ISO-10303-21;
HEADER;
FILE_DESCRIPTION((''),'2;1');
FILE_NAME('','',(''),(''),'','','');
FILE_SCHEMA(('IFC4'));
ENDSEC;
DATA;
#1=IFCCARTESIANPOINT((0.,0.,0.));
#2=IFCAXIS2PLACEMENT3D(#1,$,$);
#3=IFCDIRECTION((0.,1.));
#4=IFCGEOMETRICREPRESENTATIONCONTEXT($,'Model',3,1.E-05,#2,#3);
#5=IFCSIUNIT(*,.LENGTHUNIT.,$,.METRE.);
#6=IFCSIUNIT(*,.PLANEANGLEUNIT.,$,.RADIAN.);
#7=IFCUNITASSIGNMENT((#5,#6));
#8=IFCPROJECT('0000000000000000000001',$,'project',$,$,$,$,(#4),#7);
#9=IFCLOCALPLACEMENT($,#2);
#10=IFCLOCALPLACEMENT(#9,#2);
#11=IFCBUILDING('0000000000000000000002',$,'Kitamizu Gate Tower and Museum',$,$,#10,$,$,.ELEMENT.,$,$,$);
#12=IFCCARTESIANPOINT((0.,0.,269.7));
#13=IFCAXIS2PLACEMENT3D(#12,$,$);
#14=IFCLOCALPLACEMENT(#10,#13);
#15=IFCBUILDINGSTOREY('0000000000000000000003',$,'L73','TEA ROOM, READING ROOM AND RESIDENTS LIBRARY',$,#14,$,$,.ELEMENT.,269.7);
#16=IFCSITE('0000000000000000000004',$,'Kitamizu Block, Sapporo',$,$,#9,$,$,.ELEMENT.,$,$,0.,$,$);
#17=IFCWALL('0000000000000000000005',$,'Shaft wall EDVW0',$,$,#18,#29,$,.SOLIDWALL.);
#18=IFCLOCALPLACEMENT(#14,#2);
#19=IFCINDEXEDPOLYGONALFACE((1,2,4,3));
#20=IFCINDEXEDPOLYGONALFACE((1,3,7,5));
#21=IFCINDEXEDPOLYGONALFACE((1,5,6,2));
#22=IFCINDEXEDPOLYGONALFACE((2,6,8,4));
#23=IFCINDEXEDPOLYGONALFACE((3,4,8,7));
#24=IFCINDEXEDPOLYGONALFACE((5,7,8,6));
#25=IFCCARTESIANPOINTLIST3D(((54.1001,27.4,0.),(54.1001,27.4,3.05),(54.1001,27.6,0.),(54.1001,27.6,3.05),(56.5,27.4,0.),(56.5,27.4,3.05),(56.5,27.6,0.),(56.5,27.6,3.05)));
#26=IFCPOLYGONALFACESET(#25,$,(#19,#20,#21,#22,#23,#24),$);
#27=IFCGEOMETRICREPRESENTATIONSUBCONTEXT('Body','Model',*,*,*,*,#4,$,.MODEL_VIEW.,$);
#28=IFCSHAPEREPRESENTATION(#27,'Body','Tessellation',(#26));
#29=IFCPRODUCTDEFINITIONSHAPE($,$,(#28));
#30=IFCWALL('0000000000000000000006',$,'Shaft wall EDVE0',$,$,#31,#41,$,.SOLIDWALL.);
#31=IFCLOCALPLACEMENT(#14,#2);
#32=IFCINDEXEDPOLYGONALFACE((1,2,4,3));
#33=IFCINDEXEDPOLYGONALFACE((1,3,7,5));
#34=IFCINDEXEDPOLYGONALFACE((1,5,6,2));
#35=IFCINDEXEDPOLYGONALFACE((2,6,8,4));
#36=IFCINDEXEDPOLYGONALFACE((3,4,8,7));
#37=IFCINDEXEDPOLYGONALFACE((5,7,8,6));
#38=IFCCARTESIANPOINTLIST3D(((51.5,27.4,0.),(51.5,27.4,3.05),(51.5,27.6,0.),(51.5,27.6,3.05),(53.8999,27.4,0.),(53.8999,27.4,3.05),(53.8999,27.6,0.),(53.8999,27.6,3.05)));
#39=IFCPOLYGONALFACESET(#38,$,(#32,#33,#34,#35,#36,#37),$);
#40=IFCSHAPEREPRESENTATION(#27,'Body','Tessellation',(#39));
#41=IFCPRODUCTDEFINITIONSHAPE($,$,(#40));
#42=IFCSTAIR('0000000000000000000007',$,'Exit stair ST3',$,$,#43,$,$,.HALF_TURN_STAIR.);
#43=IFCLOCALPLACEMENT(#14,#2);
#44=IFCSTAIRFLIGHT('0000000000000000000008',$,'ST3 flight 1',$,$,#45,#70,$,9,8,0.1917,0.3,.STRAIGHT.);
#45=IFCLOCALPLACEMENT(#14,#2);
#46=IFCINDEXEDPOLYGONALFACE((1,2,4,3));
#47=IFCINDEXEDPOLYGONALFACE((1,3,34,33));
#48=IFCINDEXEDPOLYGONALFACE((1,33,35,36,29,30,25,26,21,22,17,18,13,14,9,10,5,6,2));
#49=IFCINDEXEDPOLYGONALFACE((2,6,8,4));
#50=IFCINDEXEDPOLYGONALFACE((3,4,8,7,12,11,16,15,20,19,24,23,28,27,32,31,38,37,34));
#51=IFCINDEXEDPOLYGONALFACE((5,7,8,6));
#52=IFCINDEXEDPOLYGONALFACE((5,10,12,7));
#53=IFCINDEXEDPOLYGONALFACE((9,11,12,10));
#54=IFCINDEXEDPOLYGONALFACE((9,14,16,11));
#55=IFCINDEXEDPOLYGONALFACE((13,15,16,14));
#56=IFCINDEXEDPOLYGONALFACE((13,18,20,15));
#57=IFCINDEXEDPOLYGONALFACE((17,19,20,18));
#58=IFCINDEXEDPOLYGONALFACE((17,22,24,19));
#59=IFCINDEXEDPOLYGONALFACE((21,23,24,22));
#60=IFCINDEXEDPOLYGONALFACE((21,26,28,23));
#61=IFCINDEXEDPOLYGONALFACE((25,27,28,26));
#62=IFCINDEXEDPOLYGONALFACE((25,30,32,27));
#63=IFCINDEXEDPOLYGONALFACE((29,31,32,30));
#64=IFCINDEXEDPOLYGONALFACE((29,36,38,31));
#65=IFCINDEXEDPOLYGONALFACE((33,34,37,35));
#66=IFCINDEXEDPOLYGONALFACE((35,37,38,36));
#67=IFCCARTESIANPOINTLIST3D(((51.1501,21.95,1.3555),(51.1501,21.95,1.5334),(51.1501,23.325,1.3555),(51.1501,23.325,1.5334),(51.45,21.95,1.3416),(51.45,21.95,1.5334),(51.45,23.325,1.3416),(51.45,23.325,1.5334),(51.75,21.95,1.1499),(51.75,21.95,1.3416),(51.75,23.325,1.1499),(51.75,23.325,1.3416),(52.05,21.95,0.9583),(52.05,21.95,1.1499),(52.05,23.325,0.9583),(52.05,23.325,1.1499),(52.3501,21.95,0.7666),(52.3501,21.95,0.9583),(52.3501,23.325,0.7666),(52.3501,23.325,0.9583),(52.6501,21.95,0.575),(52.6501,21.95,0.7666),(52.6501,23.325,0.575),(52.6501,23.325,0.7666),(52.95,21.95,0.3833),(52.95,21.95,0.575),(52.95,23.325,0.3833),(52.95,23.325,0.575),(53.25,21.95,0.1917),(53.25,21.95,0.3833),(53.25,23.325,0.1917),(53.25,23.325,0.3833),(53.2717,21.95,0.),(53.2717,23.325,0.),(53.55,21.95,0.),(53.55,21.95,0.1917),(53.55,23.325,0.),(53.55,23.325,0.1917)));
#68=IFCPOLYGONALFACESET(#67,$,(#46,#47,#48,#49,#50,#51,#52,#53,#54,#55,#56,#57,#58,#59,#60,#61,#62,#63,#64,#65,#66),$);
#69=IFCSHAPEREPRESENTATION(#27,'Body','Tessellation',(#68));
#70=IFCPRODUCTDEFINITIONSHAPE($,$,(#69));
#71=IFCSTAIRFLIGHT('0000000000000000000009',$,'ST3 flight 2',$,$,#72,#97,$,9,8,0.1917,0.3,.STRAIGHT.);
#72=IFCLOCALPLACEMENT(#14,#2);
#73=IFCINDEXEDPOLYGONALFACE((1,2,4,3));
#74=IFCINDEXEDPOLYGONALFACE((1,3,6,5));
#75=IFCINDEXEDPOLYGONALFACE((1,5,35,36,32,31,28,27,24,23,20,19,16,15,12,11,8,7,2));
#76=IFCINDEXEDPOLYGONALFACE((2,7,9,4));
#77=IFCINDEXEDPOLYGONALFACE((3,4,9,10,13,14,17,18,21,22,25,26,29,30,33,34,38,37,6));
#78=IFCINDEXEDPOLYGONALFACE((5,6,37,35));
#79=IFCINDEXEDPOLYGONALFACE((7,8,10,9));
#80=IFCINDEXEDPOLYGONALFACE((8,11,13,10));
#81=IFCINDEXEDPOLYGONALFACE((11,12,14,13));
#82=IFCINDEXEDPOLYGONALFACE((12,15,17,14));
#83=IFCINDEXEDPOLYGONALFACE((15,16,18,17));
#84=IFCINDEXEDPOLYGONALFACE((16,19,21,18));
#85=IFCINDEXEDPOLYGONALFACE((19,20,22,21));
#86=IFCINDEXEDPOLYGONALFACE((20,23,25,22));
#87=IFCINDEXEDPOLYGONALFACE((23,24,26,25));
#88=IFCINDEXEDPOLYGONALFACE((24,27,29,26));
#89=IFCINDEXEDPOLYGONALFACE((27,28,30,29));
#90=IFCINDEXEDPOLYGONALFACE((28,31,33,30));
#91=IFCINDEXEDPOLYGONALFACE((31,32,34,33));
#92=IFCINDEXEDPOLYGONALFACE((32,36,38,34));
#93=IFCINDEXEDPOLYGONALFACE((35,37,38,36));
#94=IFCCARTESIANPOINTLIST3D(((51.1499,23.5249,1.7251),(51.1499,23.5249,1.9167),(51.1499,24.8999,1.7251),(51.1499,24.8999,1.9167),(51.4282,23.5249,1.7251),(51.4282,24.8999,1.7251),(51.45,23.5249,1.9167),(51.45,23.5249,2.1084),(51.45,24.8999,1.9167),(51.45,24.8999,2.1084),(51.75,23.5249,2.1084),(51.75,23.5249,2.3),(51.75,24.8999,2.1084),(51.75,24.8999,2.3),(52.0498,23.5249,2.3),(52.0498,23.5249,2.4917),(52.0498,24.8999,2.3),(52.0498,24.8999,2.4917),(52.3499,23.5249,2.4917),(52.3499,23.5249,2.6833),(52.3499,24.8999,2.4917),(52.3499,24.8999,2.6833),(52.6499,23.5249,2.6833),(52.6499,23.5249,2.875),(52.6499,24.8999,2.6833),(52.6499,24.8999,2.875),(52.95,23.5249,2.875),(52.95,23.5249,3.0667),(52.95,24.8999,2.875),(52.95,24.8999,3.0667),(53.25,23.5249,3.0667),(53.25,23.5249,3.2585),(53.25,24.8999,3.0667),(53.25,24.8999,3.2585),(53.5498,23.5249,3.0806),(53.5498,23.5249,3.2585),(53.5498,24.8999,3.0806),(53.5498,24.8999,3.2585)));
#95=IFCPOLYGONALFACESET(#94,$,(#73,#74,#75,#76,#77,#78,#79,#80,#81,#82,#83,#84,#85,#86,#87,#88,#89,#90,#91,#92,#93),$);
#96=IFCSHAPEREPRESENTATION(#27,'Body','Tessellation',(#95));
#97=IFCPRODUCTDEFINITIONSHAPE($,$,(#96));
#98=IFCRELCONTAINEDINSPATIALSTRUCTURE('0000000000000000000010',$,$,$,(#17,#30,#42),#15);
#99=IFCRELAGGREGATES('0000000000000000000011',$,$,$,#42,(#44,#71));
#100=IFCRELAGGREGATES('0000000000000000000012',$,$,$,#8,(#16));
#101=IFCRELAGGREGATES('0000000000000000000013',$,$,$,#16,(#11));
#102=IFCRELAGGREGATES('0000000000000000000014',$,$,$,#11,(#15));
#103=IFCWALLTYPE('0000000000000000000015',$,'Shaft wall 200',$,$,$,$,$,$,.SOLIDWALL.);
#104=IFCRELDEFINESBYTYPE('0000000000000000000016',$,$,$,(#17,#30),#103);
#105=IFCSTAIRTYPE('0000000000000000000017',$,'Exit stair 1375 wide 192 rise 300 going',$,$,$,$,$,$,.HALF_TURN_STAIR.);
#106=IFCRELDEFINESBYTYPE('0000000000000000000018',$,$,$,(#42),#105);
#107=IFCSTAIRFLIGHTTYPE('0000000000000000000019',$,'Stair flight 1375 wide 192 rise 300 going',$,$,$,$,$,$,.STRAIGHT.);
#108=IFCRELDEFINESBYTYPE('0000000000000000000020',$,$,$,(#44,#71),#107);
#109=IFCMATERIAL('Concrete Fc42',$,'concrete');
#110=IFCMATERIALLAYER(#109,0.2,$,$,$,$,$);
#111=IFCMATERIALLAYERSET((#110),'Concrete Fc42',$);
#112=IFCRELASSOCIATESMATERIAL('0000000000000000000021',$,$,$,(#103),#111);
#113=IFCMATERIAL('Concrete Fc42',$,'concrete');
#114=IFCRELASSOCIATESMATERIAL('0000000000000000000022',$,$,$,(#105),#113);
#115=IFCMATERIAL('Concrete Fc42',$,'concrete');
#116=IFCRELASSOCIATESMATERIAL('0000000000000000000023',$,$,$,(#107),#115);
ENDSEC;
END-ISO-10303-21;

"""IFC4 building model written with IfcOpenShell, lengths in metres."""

from ifc_helpers import new_model, si_unit, direction, frame, frame_2d, origin, place, context, subcontext, project, spatial, polyline, rectangle, outline, extrude, material, layer, layer_set, type_object, element, aggregate, save


model = new_model("IFC4")

# Units and contexts
model_context = context("Model", 3, precision=1e-05, world=origin(), true_north=direction((0.0, 1.0)))
body_context = subcontext(model_context, "Body", "Model", "MODEL_VIEW")
ifc_project = project(units=[si_unit("LENGTHUNIT", "METRE"), si_unit("PLANEANGLEUNIT", "RADIAN")], contexts=[model_context])

# Site, building, storey
site_placement = place(None, origin())
site = spatial("IfcSite", under=ifc_project, at=site_placement, Name="Kitamizu Block, Sapporo", CompositionType="ELEMENT", RefElevation=0.0)
building_placement = place(site_placement, origin())
building = spatial("IfcBuilding", under=site, at=building_placement, Name="Kitamizu Gate Tower and Museum", CompositionType="ELEMENT")
storey_placement = place(building_placement, frame((0.0, 0.0, 269.7)))
storey = spatial("IfcBuildingStorey", under=building, at=storey_placement, Name="L73", Description="TEA ROOM, READING ROOM AND RESIDENTS LIBRARY", CompositionType="ELEMENT", Elevation=269.7)

# Shared definitions
ifc_material_1 = material(Name="Concrete Fc42", Category="concrete")
ifc_layer = layer(ifc_material_1, 0.2)
ifc_layer_set = layer_set([ifc_layer], Name="Concrete Fc42")
wall_type = type_object("IfcWallType", Name="Shaft wall 200", PredefinedType="SOLIDWALL", material=ifc_layer_set)

# Walls
for number, where, z_axis, x_axis, name in (
    (1, (56.5, 27.5, 0.0), (0.0, 0.0, 1.0), (-1.0, 0.0, 0.0), "Shaft wall EDVW0"),
    (2, (53.8999, 27.5, 0.0), (0.0, 0.0, 1.0), (-1.0, 0.0, 0.0), "Shaft wall EDVE0"),
):
    element("IfcWall", number, at=place(storey_placement, frame(where, z_axis=z_axis, x_axis=x_axis)), inside=storey, type_object=wall_type, Name=name, PredefinedType="SOLIDWALL", context=body_context, shape_type="SweptSolid", body=[
        extrude(rectangle(XDim=2.3999, YDim=0.2, at=frame_2d((1.2, 0.0))), origin(), (0.0, 0.0, 1.0), 3.05),
    ])

# Stair, stair flights
ifc_material_2 = material(Name="Concrete Fc42", Category="concrete")
stair_type = type_object("IfcStairType", Name="Exit stair 1375 wide 192 rise 300 going", PredefinedType="HALF_TURN_STAIR", material=ifc_material_2)
stair_placement = place(storey_placement, origin())
stair = element("IfcStair", 3, at=stair_placement, inside=storey, type_object=stair_type, Name="Exit stair ST3", PredefinedType="HALF_TURN_STAIR")
ifc_material_3 = material(Name="Concrete Fc42", Category="concrete")
stair_flight_type = type_object("IfcStairFlightType", Name="Stair flight 1375 wide 192 rise 300 going", PredefinedType="STRAIGHT", material=ifc_material_3)
stair_flight_1_placement = place(storey_placement, frame((53.55, 22.6375, 0.0), z_axis=(0.0, 0.0, 1.0), x_axis=(-1.0, 0.0, 0.0)))
stair_flight_1 = element("IfcStairFlight", 4, at=stair_flight_1_placement, type_object=stair_flight_type, Name="ST3 flight 1", NumberOfRisers=9, NumberOfTreads=8, PredefinedType="STRAIGHT", RiserHeight=0.1917, TreadLength=0.3, context=body_context, shape_type="SweptSolid", body=[
    extrude(outline(polyline([(0.0, 0.0), (0.0, 0.1917), (0.3, 0.1917), (0.3, 0.3833), (0.6001, 0.3833), (0.6001, 0.575), (0.8999, 0.575), (0.8999, 0.7666), (1.2, 0.7666), (1.2, 0.9583), (1.5, 0.9583), (1.5, 1.1499), (1.8, 1.1499), (1.8, 1.3416), (2.1001, 1.3416), (2.1001, 1.5334), (2.3999, 1.5334), (2.3999, 1.7251), (2.3999, 1.3555), (0.2783, 0.0), (0.0, 0.0)])), frame((0.0, 0.6875, 0.0), z_axis=(0.0, -1.0, 0.0), x_axis=(1.0, 0.0, 0.0)), (0.0, 0.0, 1.0), 1.375),
])
stair_flight_2_placement = place(storey_placement, frame((51.1499, 24.2124, 1.7251), z_axis=(0.0, 0.0, 1.0), x_axis=(1.0, 0.0, 0.0)))
stair_flight_2 = element("IfcStairFlight", 5, at=stair_flight_2_placement, type_object=stair_flight_type, Name="ST3 flight 2", NumberOfRisers=9, NumberOfTreads=8, PredefinedType="STRAIGHT", RiserHeight=0.1917, TreadLength=0.3, context=body_context, shape_type="SweptSolid", body=[
    extrude(outline(polyline([(0.0, 0.0), (0.0, 0.1917), (0.3, 0.1917), (0.3, 0.3833), (0.6001, 0.3833), (0.6001, 0.575), (0.8999, 0.575), (0.8999, 0.7666), (1.2, 0.7666), (1.2, 0.9583), (1.5, 0.9583), (1.5, 1.1499), (1.8, 1.1499), (1.8, 1.3416), (2.1001, 1.3416), (2.1001, 1.5334), (2.3999, 1.5334), (2.3999, 1.7251), (2.3999, 1.3555), (0.2783, 0.0), (0.0, 0.0)])), frame((0.0, 0.6875, 0.0), z_axis=(0.0, -1.0, 0.0), x_axis=(1.0, 0.0, 0.0)), (0.0, 0.0, 1.0), 1.375),
])
aggregate(stair, [stair_flight_1, stair_flight_2])

save(model, "model.ifc")
